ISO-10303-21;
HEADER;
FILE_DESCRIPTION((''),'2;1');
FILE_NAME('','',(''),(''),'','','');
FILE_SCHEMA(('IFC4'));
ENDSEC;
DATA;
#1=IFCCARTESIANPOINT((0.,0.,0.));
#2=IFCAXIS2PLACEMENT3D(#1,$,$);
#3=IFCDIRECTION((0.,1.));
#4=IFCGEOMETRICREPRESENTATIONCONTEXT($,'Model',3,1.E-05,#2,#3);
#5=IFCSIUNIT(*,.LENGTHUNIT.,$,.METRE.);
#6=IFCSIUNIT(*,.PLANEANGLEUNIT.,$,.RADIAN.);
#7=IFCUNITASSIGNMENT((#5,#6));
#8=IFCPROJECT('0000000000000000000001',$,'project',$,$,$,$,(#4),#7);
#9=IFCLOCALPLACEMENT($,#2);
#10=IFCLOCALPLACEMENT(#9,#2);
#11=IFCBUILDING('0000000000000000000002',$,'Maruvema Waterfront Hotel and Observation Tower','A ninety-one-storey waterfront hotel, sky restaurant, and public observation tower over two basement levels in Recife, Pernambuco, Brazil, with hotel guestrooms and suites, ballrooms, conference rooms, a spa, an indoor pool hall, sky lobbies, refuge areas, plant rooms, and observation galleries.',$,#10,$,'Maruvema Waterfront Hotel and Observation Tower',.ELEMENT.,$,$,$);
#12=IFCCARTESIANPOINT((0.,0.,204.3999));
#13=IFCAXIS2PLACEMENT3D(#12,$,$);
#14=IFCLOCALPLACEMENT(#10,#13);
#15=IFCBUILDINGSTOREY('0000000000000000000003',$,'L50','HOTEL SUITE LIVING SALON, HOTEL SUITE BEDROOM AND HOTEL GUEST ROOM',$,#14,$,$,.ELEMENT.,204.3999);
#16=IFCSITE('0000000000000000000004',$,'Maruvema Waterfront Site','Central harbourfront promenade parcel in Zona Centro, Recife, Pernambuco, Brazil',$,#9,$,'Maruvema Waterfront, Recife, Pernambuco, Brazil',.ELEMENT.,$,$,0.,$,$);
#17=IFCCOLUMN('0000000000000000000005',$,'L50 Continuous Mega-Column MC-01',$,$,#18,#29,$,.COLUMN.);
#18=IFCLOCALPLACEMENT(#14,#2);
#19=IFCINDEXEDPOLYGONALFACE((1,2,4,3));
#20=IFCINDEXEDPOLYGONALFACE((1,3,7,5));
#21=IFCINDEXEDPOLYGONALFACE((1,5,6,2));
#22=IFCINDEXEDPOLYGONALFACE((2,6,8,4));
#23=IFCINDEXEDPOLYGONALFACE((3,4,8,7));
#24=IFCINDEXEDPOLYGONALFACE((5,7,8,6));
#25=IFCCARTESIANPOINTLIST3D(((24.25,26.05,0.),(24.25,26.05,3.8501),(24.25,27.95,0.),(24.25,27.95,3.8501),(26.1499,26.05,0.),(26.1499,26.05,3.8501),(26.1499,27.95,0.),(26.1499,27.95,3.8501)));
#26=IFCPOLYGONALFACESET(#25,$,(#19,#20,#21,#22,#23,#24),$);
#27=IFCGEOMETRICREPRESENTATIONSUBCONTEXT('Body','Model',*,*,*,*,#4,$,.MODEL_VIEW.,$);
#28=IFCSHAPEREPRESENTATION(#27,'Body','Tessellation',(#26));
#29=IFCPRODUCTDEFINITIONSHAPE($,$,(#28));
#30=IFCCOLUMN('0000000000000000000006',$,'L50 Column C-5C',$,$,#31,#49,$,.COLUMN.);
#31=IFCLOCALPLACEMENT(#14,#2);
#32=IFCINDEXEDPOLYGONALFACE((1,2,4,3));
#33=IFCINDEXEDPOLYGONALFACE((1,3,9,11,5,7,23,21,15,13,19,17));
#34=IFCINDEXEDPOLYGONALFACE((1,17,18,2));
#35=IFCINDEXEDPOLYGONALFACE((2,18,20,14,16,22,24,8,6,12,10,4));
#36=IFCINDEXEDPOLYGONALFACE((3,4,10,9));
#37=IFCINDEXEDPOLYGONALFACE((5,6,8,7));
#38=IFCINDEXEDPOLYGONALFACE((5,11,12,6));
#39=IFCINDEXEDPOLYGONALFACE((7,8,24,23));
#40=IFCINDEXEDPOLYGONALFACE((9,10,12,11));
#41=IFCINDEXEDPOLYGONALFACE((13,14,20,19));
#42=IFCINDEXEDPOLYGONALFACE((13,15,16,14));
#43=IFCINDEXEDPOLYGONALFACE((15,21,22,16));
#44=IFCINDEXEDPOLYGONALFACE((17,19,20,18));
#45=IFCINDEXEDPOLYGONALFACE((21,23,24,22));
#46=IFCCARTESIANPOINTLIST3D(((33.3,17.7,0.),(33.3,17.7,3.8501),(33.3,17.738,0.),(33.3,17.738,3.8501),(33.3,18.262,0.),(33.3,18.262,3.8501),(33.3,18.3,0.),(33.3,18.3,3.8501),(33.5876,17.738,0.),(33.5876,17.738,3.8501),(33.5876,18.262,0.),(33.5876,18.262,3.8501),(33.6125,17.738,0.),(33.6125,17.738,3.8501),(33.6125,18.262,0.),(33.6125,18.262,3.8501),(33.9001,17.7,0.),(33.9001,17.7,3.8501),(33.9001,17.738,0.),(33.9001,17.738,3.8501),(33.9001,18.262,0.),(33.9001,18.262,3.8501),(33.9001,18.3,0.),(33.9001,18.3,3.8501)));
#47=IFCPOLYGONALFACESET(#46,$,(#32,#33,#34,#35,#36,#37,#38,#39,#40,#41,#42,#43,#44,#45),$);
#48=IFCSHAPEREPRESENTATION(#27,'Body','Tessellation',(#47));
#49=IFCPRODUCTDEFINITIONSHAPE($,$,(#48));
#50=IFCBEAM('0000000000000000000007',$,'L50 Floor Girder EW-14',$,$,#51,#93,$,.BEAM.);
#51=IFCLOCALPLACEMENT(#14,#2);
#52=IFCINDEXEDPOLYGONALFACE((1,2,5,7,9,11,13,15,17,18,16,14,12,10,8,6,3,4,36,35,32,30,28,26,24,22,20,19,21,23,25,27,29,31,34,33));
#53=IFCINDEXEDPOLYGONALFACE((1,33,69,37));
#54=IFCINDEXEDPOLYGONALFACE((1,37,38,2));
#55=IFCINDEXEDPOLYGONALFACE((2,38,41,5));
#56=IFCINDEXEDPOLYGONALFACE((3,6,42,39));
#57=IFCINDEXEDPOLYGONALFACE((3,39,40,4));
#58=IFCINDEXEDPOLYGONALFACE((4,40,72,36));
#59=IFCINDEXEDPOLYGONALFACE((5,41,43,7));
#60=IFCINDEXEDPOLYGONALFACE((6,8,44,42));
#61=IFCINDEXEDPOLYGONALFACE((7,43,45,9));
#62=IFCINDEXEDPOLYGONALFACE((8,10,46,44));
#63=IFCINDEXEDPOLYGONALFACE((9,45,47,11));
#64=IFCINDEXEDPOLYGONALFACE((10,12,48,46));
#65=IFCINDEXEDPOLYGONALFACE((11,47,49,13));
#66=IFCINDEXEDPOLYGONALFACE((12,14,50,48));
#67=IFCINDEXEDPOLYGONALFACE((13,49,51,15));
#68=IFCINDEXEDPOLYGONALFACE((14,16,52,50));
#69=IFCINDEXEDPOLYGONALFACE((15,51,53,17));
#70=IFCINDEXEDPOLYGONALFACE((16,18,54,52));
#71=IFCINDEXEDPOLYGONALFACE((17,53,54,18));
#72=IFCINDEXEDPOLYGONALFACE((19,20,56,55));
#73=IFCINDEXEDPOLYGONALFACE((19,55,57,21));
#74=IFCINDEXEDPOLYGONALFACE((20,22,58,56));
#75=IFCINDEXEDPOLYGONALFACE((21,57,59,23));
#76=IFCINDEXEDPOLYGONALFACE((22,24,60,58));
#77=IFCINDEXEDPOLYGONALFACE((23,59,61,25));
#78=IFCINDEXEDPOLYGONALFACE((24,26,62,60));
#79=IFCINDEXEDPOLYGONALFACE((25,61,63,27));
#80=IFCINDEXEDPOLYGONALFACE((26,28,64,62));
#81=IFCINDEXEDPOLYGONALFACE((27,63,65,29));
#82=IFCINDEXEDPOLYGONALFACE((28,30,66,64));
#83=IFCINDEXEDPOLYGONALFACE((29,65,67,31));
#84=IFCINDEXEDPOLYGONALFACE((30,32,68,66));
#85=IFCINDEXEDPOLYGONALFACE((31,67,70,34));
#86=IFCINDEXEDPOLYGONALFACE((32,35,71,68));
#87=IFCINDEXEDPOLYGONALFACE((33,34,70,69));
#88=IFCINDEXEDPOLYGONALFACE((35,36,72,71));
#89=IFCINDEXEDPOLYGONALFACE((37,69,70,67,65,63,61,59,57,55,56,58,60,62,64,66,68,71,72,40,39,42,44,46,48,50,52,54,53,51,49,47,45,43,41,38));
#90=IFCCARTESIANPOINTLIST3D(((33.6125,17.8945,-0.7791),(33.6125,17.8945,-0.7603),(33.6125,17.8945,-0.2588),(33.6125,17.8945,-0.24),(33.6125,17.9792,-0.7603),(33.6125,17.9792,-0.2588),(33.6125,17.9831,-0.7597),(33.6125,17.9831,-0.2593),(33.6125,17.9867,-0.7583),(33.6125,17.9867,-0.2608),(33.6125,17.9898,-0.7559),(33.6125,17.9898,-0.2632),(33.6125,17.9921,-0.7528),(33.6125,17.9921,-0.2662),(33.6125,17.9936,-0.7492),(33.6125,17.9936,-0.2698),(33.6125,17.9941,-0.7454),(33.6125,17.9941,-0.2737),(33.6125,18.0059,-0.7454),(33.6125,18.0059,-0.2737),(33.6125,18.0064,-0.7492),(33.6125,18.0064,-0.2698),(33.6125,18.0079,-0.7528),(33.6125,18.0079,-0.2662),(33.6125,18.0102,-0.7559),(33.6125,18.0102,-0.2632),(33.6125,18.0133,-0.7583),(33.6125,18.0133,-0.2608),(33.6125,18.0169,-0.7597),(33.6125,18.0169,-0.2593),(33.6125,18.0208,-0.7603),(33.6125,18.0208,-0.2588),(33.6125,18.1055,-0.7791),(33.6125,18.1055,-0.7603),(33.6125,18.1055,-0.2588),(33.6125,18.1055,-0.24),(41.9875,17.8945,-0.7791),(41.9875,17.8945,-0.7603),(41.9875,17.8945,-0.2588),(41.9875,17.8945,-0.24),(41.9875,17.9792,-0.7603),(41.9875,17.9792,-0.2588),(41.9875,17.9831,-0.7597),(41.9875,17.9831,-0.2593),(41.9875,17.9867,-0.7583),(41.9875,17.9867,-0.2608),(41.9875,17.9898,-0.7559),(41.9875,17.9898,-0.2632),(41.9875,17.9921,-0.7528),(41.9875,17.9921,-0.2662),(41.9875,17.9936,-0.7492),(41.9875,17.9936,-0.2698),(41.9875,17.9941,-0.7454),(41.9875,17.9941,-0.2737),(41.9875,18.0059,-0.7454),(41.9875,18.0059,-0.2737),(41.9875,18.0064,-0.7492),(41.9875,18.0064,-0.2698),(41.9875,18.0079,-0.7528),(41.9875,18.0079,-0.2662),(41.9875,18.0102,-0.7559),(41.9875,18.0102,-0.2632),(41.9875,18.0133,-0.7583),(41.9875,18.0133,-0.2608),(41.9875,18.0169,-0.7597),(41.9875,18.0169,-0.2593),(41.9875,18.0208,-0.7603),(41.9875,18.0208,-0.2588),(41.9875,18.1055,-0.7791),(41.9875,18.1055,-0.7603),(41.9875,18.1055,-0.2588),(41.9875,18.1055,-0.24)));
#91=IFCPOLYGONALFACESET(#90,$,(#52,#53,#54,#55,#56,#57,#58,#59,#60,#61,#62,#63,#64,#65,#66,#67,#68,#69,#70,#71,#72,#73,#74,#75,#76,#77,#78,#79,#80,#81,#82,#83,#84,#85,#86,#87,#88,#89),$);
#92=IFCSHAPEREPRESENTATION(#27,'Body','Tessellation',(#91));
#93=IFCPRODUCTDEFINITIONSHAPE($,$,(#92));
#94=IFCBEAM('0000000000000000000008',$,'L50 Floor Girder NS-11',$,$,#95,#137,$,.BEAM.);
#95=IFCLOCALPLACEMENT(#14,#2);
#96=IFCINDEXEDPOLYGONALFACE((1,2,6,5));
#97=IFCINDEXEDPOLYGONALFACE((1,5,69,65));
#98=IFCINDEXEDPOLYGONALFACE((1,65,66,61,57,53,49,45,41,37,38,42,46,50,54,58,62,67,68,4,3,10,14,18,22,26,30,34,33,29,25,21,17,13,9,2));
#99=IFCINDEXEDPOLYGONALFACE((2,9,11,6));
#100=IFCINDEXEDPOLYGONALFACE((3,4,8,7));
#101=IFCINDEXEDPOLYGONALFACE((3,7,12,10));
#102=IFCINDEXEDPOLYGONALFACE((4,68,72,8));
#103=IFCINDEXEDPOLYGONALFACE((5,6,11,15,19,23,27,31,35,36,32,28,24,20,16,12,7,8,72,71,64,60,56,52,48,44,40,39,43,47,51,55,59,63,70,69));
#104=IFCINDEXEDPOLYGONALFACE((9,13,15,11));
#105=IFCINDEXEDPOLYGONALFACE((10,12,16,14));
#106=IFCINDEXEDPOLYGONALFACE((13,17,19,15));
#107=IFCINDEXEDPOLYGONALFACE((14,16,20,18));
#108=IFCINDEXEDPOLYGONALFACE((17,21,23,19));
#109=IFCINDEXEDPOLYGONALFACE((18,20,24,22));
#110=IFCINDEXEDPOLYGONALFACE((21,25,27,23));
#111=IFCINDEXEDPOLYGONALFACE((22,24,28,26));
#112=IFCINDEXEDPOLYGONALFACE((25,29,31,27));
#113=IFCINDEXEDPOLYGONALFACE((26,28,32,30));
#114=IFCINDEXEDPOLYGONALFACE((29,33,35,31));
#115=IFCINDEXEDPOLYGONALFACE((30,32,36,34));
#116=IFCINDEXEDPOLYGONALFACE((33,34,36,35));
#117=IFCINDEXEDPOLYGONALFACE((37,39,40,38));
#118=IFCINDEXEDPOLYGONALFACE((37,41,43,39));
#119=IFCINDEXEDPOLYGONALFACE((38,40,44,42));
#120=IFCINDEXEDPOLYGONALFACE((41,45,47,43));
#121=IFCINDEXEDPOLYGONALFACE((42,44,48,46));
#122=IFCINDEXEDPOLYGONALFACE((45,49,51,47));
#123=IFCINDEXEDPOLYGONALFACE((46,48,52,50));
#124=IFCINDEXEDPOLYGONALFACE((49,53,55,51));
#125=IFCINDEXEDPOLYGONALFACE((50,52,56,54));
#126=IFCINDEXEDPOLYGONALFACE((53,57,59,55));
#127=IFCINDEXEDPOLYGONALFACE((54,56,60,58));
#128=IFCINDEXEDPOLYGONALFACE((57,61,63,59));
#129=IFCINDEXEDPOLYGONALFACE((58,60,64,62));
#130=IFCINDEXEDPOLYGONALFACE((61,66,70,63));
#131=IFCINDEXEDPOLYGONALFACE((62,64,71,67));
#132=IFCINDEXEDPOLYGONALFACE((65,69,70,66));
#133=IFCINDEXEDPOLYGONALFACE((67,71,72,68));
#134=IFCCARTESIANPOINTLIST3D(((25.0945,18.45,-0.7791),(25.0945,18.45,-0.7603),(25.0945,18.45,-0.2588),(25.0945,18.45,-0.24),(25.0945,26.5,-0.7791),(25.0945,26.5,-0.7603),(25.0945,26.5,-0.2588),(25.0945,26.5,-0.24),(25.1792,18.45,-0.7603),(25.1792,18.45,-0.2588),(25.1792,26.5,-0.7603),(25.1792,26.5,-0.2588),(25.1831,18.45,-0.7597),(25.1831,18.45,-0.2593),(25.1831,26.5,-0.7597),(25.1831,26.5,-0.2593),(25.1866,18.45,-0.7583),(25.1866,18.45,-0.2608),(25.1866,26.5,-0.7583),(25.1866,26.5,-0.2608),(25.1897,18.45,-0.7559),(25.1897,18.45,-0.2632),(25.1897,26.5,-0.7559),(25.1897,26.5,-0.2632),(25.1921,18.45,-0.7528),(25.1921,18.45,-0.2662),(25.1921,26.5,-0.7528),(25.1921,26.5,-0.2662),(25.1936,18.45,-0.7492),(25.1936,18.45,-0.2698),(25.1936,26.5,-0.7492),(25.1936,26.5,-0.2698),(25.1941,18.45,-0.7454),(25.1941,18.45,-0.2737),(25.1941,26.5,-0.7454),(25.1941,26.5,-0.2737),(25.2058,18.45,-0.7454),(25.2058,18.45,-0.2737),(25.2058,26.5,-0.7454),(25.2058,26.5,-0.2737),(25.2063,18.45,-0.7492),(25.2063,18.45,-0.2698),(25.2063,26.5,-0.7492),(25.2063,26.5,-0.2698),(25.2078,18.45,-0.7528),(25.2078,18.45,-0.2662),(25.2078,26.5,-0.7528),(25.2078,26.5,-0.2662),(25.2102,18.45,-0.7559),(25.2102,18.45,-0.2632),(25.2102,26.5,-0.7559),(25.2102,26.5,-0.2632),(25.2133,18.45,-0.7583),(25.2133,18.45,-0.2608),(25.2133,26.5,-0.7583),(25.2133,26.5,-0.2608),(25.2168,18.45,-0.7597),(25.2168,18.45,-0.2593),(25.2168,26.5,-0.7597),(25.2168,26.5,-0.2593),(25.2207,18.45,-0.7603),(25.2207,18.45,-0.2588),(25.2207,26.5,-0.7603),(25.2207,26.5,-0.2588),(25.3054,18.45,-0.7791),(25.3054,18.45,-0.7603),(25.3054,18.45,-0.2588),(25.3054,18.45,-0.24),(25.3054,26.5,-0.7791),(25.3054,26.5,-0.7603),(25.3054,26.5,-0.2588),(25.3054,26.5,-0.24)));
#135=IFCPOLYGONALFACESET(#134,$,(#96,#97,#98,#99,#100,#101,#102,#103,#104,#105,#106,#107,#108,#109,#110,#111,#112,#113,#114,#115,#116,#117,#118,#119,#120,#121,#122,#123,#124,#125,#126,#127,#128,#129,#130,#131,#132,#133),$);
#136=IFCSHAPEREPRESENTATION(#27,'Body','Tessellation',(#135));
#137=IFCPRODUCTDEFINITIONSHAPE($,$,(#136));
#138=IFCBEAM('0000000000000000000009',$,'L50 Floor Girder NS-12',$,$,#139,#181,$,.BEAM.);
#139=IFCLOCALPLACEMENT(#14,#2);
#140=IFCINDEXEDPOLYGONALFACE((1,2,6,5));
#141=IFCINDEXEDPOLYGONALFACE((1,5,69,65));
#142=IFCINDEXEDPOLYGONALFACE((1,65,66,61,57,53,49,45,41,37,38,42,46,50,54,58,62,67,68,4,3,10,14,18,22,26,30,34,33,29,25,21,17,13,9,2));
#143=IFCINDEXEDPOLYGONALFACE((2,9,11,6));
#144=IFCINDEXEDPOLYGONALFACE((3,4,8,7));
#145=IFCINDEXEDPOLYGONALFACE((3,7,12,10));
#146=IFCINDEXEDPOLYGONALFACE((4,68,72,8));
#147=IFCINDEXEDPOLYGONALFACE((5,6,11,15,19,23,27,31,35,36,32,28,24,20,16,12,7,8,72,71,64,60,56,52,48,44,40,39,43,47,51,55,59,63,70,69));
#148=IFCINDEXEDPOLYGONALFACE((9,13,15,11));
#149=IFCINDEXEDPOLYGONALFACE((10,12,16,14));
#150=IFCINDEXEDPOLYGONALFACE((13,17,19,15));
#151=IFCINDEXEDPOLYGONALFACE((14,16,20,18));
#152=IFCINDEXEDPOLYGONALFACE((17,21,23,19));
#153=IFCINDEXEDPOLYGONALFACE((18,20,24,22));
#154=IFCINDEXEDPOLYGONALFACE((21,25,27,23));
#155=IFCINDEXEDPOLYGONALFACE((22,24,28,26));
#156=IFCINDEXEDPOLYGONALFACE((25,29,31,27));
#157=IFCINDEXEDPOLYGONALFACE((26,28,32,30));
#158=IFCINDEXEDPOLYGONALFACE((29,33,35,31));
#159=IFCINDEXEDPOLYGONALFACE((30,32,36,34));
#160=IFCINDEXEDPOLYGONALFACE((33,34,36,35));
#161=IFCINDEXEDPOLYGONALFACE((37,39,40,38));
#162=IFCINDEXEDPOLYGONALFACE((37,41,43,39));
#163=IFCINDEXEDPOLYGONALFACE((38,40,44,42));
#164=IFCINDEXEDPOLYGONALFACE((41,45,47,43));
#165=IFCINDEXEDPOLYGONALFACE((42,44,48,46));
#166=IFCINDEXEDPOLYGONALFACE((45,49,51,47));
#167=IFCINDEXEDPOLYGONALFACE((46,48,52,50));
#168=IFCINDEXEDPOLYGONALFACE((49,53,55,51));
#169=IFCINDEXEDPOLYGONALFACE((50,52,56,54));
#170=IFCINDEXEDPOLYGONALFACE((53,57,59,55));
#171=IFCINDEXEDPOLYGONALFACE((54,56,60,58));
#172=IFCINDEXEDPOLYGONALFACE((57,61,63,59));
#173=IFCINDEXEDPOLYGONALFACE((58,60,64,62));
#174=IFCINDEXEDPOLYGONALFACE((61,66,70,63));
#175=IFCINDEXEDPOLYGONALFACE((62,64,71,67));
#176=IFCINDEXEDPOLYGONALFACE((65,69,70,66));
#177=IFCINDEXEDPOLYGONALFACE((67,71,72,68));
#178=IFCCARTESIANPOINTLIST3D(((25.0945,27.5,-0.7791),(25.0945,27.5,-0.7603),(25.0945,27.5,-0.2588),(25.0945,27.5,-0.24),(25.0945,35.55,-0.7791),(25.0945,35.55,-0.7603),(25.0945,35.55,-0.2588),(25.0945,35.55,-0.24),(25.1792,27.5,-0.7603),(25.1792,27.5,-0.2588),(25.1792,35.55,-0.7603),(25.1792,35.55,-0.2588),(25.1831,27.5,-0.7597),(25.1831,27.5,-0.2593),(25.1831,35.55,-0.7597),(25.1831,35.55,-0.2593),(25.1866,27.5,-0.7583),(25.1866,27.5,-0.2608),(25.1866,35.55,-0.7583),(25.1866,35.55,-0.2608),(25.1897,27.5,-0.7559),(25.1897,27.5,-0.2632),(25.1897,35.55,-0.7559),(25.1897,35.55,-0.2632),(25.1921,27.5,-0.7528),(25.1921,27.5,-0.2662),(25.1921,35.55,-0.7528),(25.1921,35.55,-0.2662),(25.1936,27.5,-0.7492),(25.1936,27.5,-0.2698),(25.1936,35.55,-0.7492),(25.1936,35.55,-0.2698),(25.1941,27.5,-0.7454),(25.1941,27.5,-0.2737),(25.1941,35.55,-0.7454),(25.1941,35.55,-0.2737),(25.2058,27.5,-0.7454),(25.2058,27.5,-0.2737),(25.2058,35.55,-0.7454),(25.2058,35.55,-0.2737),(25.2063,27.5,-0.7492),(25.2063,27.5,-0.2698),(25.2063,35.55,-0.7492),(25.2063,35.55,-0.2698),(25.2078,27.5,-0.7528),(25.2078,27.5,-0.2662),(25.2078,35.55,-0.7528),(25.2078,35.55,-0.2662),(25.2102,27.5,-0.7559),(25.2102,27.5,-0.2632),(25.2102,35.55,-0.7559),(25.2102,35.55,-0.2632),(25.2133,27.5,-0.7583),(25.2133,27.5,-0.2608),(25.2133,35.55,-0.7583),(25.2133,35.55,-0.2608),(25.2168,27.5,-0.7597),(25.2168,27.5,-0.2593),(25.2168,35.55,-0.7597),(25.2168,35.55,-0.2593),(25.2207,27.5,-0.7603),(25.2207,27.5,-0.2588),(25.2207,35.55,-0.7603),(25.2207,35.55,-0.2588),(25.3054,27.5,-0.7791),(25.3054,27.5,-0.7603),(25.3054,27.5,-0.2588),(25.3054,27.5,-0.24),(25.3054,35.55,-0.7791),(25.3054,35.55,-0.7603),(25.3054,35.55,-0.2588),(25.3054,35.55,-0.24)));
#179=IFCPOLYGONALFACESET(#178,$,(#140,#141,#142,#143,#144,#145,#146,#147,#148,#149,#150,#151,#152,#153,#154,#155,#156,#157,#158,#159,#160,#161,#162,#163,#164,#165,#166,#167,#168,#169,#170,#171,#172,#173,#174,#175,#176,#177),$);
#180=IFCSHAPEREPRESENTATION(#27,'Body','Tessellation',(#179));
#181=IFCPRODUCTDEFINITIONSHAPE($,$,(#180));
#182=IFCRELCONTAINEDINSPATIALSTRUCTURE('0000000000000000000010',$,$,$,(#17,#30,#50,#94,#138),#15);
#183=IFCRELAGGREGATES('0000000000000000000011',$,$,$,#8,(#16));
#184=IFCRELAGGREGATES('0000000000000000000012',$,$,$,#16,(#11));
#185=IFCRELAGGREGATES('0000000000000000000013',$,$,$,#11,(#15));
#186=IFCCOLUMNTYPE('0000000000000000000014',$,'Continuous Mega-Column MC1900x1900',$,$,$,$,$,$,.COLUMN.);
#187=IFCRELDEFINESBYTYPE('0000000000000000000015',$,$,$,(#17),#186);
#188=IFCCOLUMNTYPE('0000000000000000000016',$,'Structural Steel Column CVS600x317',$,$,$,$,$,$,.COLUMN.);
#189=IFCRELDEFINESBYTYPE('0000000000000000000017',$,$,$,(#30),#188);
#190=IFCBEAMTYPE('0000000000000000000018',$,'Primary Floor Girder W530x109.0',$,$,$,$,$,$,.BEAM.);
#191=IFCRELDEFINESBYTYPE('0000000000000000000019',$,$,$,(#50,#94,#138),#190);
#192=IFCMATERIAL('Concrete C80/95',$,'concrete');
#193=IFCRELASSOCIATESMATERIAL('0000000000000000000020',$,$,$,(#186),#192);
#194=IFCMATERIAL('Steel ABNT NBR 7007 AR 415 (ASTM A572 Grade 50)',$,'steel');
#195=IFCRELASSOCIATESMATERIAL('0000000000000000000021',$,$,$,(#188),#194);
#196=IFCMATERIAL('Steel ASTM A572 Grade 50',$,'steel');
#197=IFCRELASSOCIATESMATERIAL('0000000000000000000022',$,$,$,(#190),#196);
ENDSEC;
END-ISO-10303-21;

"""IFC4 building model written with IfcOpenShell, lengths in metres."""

from ifc_helpers import new_model, si_unit, direction, frame, origin, origin_2d, place, context, subcontext, project, spatial, rectangle, i_section, extrude, material, material_profile, profile_set, type_object, element, save


model = new_model("IFC4")

# Units and contexts
model_context = context("Model", 3, precision=1e-05, world=origin(), true_north=direction((0.0, 1.0)))
body_context = subcontext(model_context, "Body", "Model", "MODEL_VIEW")
ifc_project = project(units=[si_unit("LENGTHUNIT", "METRE"), si_unit("PLANEANGLEUNIT", "RADIAN")], contexts=[model_context])

# Site, building, storey
site_placement = place(None, origin())
site = spatial("IfcSite", under=ifc_project, at=site_placement, Name="Maruvema Waterfront Site", Description="Central harbourfront promenade parcel in Zona Centro, Recife, Pernambuco, Brazil", LongName="Maruvema Waterfront, Recife, Pernambuco, Brazil", CompositionType="ELEMENT", RefElevation=0.0)
building_placement = place(site_placement, origin())
building = spatial("IfcBuilding", under=site, at=building_placement, Name="Maruvema Waterfront Hotel and Observation Tower", Description="A ninety-one-storey waterfront hotel, sky restaurant, and public observation tower over two basement levels in Recife, Pernambuco, Brazil, with hotel guestrooms and suites, ballrooms, conference rooms, a spa, an indoor pool hall, sky lobbies, refuge areas, plant rooms, and observation galleries.", LongName="Maruvema Waterfront Hotel and Observation Tower", CompositionType="ELEMENT")
storey_placement = place(building_placement, frame((0.0, 0.0, 204.3999)))
storey = spatial("IfcBuildingStorey", under=building, at=storey_placement, Name="L50", Description="HOTEL SUITE LIVING SALON, HOTEL SUITE BEDROOM AND HOTEL GUEST ROOM", CompositionType="ELEMENT", Elevation=204.3999)

# Columns
ifc_material_1 = material(Name="Concrete C80/95", Category="concrete")
ifc_material_profile_1 = material_profile(ifc_material_1, rectangle(XDim=1.8999, YDim=1.8999, at=origin_2d()), Name="MC1900x1900")
ifc_profile_set_1 = profile_set([ifc_material_profile_1], Name="Concrete C80/95")
column_type_1 = type_object("IfcColumnType", Name="Continuous Mega-Column MC1900x1900", PredefinedType="COLUMN", material=ifc_profile_set_1)
column_1_placement = place(storey_placement, frame((25.2, 27.0, 0.0), z_axis=(0.0, 0.0, 1.0), x_axis=(1.0, 0.0, 0.0)))
element("IfcColumn", 1, at=column_1_placement, inside=storey, type_object=column_type_1, Name="L50 Continuous Mega-Column MC-01", PredefinedType="COLUMN", context=body_context, shape_type="SweptSolid", body=[
    extrude(rectangle(XDim=1.8999, YDim=1.8999, at=origin_2d()), origin(), (0.0, 0.0, 1.0), 3.8501),
])
ifc_material_2 = material(Name="Steel ABNT NBR 7007 AR 415 (ASTM A572 Grade 50)", Category="steel")
ifc_material_profile_2 = material_profile(ifc_material_2, i_section(OverallWidth=0.6001, OverallDepth=0.6001, WebThickness=0.0249, FlangeThickness=0.0381, at=origin_2d()), Name="CVS600x317")
ifc_profile_set_2 = profile_set([ifc_material_profile_2], Name="Steel ABNT NBR 7007 AR 415 (ASTM A572 Grade 50)")
column_type_2 = type_object("IfcColumnType", Name="Structural Steel Column CVS600x317", PredefinedType="COLUMN", material=ifc_profile_set_2)
column_2_placement = place(storey_placement, frame((33.6001, 18.0, 0.0), z_axis=(0.0, 0.0, 1.0), x_axis=(1.0, 0.0, 0.0)))
element("IfcColumn", 2, at=column_2_placement, inside=storey, type_object=column_type_2, Name="L50 Column C-5C", PredefinedType="COLUMN", context=body_context, shape_type="SweptSolid", body=[
    extrude(i_section(OverallWidth=0.6001, OverallDepth=0.6001, WebThickness=0.0249, FlangeThickness=0.0381, at=origin_2d()), origin(), (0.0, 0.0, 1.0), 3.8501),
])

# Beams
ifc_material_3 = material(Name="Steel ASTM A572 Grade 50", Category="steel")
ifc_material_profile_3 = material_profile(ifc_material_3, i_section(OverallWidth=0.2109, OverallDepth=0.5391, WebThickness=0.0117, FlangeThickness=0.0188, FilletRadius=0.0149, at=origin_2d()), Name="W530x109.0")
ifc_profile_set_3 = profile_set([ifc_material_profile_3], Name="Steel ASTM A572 Grade 50")
beam_type_1 = type_object("IfcBeamType", Name="Primary Floor Girder W530x109.0", PredefinedType="BEAM", material=ifc_profile_set_3)
beam_1_placement = place(storey_placement, frame((33.6125, 18.0, -0.5095), z_axis=(1.0, 0.0, 0.0), x_axis=(0.0, 1.0, 0.0)))
element("IfcBeam", 3, at=beam_1_placement, inside=storey, type_object=beam_type_1, Name="L50 Floor Girder EW-14", PredefinedType="BEAM", context=body_context, shape_type="SweptSolid", body=[
    extrude(i_section(OverallWidth=0.2109, OverallDepth=0.5391, WebThickness=0.0117, FlangeThickness=0.0188, FilletRadius=0.0149, at=origin_2d()), origin(), (0.0, 0.0, 1.0), 8.375),
])
for number, where, z_axis, x_axis, name in (
    (4, (25.2, 18.45, -0.5095), (0.0, 1.0, 0.0), (-1.0, 0.0, 0.0), "L50 Floor Girder NS-11"),
    (5, (25.2, 27.5, -0.5095), (0.0, 1.0, 0.0), (-1.0, 0.0, 0.0), "L50 Floor Girder NS-12"),
):
    element("IfcBeam", number, at=place(storey_placement, frame(where, z_axis=z_axis, x_axis=x_axis)), inside=storey, type_object=beam_type_1, Name=name, PredefinedType="BEAM", context=body_context, shape_type="SweptSolid", body=[
        extrude(i_section(OverallWidth=0.2109, OverallDepth=0.5391, WebThickness=0.0117, FlangeThickness=0.0188, FilletRadius=0.0149, at=origin_2d()), origin(), (0.0, 0.0, 1.0), 8.05),
    ])

save(model, "model.ifc")
